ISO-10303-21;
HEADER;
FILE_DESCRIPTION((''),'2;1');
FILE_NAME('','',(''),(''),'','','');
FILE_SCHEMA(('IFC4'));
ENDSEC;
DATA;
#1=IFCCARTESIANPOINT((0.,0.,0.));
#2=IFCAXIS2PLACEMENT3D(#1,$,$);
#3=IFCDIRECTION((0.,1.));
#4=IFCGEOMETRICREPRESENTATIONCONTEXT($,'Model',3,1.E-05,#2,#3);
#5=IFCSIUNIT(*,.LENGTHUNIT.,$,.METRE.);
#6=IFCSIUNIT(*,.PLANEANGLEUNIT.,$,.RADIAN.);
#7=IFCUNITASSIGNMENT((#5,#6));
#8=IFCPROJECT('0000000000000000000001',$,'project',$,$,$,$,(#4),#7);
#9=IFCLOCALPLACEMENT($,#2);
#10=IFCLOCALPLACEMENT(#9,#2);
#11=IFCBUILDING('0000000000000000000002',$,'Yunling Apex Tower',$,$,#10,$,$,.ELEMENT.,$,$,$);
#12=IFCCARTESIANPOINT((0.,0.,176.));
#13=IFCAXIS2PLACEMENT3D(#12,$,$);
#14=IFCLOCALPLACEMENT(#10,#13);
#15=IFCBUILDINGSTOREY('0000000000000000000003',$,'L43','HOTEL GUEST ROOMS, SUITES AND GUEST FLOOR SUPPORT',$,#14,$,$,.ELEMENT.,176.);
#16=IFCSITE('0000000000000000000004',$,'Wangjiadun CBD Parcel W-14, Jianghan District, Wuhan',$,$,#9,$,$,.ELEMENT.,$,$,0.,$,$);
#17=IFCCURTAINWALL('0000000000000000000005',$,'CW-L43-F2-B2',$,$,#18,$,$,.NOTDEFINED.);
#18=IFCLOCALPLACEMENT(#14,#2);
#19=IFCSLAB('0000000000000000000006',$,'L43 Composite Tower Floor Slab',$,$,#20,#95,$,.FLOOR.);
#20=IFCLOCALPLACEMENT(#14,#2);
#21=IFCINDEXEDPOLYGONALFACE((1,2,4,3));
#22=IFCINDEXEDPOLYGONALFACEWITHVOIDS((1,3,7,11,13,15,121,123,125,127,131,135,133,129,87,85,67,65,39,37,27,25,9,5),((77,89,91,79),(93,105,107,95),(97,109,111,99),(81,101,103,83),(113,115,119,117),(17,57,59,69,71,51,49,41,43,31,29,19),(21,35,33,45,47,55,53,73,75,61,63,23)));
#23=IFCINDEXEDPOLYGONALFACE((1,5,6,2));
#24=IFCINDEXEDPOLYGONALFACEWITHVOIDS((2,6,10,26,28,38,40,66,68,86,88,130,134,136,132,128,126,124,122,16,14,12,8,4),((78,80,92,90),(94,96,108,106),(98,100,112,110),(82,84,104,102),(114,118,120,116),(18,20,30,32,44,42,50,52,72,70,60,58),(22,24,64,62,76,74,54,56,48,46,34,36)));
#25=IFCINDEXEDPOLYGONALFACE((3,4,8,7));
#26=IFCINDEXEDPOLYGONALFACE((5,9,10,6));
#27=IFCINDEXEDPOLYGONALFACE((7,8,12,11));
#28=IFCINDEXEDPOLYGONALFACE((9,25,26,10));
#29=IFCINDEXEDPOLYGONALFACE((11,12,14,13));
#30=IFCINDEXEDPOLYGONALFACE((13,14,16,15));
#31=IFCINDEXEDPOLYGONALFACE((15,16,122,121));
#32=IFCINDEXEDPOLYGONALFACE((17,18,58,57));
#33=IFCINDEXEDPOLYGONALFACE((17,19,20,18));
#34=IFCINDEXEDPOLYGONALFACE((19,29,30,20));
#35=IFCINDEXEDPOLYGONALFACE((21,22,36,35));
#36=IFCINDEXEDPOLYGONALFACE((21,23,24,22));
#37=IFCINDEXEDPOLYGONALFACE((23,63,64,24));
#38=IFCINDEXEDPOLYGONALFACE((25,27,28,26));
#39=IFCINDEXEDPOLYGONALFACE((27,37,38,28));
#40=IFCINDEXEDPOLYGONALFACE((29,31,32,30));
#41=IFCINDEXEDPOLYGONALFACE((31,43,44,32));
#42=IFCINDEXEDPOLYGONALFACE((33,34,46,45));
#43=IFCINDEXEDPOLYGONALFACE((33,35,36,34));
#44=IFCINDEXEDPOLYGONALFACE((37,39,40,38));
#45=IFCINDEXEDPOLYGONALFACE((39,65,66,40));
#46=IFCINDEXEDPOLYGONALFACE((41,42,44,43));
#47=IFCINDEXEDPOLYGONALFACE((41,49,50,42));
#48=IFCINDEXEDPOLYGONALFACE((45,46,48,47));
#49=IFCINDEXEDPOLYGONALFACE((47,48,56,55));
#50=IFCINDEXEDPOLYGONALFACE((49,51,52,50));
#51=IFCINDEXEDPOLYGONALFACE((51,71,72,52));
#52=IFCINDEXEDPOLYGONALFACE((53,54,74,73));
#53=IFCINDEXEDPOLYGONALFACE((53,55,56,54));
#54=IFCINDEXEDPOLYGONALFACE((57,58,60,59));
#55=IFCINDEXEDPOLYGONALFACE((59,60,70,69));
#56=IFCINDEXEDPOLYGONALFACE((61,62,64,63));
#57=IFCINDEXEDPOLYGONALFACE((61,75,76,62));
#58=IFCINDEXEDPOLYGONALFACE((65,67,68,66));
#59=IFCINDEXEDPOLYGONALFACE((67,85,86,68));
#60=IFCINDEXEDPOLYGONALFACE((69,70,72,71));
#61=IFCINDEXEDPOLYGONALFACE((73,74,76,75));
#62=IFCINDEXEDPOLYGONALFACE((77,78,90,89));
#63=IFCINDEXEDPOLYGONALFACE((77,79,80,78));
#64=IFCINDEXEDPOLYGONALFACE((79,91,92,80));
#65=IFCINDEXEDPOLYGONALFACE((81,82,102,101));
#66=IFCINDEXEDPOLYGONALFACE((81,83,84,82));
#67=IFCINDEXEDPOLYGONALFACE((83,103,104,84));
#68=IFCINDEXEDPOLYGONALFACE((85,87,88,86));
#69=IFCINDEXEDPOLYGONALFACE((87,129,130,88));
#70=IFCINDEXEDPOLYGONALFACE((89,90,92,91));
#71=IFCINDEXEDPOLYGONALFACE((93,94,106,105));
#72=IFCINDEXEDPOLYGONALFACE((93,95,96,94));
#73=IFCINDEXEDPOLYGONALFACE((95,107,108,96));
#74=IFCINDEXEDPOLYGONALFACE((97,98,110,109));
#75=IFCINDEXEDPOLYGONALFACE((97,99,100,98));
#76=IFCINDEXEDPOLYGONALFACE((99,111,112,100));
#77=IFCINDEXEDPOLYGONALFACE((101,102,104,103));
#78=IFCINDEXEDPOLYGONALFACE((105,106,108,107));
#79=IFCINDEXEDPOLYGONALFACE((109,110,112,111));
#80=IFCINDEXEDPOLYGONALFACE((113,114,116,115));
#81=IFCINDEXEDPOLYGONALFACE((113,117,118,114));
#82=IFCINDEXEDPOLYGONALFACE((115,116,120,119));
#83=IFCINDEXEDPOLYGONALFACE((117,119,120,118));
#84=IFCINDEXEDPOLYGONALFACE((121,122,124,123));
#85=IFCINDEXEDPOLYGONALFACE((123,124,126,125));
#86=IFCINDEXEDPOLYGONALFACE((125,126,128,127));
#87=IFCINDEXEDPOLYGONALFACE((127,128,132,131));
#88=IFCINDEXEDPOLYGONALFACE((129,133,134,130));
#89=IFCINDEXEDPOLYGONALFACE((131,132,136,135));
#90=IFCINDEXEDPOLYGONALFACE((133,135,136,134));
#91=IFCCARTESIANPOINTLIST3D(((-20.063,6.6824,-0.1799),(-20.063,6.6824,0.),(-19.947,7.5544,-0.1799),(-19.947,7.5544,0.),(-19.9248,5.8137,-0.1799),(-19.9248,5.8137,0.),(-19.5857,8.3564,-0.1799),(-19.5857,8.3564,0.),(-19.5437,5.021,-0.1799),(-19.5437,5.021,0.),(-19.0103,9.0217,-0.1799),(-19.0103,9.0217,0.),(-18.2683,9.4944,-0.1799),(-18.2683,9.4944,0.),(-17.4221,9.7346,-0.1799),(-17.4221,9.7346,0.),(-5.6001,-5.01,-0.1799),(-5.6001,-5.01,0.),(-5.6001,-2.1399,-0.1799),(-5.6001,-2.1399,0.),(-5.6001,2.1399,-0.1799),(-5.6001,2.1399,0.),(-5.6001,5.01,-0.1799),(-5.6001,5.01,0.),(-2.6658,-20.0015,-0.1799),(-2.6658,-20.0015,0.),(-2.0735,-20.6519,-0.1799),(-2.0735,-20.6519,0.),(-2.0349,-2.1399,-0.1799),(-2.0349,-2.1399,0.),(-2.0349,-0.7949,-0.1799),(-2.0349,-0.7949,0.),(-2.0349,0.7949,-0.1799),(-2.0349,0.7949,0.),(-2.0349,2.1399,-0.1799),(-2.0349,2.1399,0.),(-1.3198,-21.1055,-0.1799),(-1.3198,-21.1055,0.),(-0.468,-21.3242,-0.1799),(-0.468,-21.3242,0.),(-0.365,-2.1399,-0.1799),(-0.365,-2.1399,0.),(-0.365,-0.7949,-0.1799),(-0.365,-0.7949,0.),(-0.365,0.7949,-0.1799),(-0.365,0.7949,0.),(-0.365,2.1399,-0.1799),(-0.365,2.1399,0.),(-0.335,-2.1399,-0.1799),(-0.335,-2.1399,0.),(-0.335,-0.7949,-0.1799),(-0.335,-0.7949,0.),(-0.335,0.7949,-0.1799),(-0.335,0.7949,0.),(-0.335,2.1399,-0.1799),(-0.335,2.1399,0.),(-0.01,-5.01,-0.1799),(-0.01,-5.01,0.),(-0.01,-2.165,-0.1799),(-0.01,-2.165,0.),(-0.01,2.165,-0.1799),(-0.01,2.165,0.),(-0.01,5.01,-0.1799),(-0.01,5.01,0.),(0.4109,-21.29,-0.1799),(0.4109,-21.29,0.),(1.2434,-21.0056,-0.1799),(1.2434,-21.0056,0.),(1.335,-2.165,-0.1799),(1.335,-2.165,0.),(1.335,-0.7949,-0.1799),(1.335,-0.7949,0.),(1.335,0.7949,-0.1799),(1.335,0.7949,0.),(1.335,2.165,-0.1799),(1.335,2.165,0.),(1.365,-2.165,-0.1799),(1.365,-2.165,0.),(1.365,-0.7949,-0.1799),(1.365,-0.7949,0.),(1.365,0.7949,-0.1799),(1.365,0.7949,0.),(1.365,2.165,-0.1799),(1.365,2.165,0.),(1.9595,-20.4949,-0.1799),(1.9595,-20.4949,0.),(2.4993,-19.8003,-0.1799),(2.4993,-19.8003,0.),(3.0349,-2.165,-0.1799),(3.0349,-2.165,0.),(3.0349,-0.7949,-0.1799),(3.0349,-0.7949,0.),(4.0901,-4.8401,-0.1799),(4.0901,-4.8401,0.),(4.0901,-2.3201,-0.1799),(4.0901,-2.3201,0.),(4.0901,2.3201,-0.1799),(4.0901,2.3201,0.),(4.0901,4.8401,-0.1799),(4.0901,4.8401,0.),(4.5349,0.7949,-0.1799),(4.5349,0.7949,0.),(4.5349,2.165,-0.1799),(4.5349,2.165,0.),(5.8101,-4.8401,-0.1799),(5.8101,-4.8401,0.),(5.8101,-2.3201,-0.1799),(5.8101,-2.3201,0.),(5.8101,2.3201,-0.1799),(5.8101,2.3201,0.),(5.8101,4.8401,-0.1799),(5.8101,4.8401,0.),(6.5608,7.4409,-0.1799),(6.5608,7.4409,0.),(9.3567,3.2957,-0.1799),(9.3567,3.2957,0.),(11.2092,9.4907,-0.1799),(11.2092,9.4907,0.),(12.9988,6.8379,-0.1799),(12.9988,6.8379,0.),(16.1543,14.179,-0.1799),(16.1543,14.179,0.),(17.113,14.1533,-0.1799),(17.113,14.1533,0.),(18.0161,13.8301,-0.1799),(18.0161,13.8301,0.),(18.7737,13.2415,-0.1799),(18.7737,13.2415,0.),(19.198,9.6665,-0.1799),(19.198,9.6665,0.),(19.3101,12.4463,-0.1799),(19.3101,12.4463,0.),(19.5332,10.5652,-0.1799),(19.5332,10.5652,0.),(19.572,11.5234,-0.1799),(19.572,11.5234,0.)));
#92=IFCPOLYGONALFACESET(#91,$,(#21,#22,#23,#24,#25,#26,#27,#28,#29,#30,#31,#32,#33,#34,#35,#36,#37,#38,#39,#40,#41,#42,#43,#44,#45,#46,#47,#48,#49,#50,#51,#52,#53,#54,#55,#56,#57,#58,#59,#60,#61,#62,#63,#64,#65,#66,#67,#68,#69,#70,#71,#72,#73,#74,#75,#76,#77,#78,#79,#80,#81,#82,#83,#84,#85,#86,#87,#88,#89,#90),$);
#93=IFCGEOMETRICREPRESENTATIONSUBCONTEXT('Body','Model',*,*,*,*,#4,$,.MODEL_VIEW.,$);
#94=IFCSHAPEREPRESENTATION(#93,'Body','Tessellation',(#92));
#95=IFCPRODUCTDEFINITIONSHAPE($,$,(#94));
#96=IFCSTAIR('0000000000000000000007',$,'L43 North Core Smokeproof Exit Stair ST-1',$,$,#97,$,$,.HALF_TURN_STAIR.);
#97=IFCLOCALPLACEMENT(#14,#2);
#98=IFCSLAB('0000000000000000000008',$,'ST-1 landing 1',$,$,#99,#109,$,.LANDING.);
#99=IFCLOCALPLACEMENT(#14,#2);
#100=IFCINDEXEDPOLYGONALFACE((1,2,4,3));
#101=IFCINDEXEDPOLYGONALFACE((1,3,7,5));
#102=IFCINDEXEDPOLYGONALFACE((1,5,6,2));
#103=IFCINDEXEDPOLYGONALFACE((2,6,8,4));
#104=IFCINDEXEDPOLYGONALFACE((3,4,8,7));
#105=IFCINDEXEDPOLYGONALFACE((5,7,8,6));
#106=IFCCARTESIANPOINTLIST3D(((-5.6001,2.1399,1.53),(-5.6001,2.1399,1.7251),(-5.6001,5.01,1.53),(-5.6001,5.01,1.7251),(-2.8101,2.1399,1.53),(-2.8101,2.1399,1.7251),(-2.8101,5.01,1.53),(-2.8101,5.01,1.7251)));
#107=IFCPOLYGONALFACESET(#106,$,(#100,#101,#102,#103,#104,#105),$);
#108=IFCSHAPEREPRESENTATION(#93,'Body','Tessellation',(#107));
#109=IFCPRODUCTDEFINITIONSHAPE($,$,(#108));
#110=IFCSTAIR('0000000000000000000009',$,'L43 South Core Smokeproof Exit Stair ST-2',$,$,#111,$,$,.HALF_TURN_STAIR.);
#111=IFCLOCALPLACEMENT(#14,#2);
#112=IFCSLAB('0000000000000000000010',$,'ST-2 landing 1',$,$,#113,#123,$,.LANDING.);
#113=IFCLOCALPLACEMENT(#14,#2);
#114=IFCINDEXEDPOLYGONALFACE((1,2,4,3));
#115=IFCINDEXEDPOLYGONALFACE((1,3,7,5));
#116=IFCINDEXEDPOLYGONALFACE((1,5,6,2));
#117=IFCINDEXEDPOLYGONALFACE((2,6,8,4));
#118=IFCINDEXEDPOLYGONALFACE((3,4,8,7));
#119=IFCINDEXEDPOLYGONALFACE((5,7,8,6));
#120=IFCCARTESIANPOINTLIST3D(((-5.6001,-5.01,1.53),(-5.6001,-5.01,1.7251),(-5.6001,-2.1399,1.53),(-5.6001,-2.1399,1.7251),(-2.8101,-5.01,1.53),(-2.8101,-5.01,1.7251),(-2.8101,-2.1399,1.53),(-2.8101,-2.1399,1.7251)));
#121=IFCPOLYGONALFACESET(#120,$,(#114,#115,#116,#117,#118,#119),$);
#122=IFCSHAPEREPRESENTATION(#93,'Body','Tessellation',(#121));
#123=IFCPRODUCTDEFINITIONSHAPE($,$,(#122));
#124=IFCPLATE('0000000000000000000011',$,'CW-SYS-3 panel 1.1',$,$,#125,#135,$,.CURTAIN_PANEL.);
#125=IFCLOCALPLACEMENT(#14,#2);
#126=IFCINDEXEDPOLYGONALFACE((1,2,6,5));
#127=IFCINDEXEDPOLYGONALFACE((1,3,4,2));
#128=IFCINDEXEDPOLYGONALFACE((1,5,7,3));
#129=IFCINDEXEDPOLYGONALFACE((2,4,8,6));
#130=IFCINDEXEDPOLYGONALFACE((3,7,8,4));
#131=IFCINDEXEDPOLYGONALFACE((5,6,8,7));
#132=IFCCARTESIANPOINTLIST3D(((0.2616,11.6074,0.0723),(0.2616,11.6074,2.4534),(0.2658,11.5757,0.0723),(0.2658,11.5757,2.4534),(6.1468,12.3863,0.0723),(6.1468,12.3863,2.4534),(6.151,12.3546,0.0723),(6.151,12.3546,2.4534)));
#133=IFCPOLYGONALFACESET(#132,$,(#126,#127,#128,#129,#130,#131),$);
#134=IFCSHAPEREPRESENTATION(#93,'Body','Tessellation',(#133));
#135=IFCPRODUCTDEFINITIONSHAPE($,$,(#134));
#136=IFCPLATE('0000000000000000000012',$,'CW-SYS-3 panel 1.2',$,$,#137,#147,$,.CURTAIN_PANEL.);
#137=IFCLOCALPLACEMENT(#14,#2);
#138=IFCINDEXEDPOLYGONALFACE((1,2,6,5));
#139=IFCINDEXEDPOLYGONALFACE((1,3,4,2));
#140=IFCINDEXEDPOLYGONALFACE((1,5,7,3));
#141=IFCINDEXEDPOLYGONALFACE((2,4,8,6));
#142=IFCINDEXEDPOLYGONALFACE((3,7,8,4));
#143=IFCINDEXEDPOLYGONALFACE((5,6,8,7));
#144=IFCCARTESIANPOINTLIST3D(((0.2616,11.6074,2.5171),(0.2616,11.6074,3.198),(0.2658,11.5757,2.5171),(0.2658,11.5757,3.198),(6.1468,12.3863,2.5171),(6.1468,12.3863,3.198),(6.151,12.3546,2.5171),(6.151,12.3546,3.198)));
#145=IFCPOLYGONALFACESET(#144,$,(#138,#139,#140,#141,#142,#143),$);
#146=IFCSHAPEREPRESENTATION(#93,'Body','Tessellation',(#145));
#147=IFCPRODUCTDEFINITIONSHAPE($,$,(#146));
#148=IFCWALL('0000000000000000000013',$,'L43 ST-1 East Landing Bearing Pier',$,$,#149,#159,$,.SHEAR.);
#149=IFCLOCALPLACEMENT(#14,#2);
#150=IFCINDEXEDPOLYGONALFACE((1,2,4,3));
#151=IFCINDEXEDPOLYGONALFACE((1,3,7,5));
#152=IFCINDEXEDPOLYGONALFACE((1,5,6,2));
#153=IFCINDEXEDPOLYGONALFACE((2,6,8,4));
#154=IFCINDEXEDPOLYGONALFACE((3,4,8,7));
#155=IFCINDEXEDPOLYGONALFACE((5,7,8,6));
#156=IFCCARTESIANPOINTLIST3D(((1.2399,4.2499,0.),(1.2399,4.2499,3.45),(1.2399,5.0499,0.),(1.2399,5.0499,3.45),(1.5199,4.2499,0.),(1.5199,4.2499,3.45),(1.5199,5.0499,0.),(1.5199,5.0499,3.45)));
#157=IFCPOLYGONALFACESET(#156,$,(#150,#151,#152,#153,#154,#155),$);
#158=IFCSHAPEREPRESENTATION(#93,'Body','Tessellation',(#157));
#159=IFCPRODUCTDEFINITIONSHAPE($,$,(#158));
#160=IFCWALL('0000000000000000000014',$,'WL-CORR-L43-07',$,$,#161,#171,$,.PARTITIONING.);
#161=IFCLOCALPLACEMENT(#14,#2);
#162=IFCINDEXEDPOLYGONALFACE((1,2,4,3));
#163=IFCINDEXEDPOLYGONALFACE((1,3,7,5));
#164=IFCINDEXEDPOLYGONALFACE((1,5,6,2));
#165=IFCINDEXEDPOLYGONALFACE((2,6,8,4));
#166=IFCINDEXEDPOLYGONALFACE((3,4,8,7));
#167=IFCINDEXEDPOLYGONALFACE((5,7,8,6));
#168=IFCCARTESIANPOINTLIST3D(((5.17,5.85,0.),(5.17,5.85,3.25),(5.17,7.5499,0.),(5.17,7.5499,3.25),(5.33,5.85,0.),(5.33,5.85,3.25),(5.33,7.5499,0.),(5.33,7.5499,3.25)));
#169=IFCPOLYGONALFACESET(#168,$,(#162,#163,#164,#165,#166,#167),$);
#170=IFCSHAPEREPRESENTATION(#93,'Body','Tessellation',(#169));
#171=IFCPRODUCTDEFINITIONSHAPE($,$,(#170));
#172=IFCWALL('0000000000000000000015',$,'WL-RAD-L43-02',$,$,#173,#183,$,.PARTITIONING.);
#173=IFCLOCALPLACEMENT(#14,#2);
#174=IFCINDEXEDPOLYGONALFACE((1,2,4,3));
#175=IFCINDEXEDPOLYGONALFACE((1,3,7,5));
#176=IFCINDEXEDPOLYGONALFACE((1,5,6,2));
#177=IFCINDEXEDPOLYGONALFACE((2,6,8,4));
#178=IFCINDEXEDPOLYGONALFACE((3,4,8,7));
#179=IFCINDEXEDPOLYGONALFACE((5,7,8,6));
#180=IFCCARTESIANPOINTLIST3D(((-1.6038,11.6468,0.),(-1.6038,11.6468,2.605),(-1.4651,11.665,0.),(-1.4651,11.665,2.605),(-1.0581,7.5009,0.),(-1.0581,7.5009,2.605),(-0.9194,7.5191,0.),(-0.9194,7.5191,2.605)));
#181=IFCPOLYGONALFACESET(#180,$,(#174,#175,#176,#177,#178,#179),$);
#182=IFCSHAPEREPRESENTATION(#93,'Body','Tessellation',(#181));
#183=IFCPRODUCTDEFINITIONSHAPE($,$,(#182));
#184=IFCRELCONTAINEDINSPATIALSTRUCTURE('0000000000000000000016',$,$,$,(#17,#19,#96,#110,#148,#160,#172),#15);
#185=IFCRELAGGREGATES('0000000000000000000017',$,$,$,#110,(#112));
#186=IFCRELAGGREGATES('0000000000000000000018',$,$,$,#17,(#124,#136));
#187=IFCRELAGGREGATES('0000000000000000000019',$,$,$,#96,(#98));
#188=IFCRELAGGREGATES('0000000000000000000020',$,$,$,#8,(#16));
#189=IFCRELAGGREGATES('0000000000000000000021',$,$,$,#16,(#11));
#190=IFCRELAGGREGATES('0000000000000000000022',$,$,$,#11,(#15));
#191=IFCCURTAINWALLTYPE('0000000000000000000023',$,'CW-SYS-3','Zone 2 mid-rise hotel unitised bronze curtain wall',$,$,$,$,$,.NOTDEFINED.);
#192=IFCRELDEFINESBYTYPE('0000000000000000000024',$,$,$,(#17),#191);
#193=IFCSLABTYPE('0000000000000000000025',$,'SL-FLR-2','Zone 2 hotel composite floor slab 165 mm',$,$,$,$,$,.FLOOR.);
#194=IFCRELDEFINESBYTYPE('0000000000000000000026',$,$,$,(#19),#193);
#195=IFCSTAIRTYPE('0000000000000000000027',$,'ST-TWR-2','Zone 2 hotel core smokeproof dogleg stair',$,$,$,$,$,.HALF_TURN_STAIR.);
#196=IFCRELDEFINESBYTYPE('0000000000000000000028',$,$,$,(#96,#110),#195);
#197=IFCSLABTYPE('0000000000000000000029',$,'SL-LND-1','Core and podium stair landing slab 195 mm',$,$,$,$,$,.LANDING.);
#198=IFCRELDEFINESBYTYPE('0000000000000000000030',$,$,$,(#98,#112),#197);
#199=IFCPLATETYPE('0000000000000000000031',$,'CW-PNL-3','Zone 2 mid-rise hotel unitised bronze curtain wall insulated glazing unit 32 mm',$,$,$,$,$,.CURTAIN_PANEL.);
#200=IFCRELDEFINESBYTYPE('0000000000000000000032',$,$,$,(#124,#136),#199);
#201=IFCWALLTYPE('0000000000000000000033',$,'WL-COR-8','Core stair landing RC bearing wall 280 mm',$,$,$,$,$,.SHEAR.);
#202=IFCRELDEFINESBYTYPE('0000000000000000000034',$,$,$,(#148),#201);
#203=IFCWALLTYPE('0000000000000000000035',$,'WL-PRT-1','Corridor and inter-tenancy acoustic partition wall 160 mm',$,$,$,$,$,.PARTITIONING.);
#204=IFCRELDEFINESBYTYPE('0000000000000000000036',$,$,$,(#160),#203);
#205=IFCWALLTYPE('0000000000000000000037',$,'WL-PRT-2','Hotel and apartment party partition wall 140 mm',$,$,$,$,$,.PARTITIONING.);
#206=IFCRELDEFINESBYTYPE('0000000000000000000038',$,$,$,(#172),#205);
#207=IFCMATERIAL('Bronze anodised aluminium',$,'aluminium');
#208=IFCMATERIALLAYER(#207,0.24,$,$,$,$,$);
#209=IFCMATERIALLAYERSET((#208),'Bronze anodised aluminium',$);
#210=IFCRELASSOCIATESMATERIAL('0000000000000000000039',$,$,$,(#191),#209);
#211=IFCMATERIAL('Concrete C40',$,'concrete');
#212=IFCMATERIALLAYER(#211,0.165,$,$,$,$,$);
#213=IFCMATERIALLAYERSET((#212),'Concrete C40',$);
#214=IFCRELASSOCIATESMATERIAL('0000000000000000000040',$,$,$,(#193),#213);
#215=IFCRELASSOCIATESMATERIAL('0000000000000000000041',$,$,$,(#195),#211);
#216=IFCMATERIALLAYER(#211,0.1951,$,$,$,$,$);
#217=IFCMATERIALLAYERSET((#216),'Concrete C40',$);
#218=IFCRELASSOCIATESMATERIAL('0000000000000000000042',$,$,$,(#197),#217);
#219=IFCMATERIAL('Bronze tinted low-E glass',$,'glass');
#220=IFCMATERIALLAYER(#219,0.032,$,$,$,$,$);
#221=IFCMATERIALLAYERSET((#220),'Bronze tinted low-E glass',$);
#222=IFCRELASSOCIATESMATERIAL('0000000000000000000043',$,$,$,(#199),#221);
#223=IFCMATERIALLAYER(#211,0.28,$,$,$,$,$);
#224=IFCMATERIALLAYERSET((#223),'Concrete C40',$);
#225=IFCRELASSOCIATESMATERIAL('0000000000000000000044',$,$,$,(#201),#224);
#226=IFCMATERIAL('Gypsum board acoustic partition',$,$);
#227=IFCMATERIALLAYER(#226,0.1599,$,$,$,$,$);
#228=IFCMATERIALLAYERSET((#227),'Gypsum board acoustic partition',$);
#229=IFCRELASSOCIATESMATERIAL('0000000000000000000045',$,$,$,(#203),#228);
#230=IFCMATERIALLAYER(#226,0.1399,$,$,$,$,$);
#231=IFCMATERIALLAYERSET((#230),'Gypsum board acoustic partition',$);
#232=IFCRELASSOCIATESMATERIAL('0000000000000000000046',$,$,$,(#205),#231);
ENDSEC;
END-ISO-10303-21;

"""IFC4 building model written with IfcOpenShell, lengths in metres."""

from ifc_helpers import new_model, si_unit, direction, frame, frame_2d, origin, origin_2d, place, context, subcontext, project, spatial, polyline, rectangle, outline, extrude, source, transform, mapped, material, layer, layer_set, type_object, element, aggregate, save


model = new_model("IFC4")

# Units and contexts
model_context = context("Model", 3, precision=1e-05, world=origin(), true_north=direction((0.0, 1.0)))
body_context = subcontext(model_context, "Body", "Model", "MODEL_VIEW")
ifc_project = project(units=[si_unit("LENGTHUNIT", "METRE"), si_unit("PLANEANGLEUNIT", "RADIAN")], contexts=[model_context])

# Site, building, storey
site_placement = place(None, origin())
site = spatial("IfcSite", under=ifc_project, at=site_placement, Name="Wangjiadun CBD Parcel W-14, Jianghan District, Wuhan", CompositionType="ELEMENT", RefElevation=0.0)
building_placement = place(site_placement, origin())
building = spatial("IfcBuilding", under=site, at=building_placement, Name="Yunling Apex Tower", CompositionType="ELEMENT")
storey_placement = place(building_placement, frame((0.0, 0.0, 176.0)))
storey = spatial("IfcBuildingStorey", under=building, at=storey_placement, Name="L43", Description="HOTEL GUEST ROOMS, SUITES AND GUEST FLOOR SUPPORT", CompositionType="ELEMENT", Elevation=176.0)

# Curtain wall
ifc_material_1 = material(Name="Bronze anodised aluminium", Category="aluminium")
ifc_layer_1 = layer(ifc_material_1, 0.24)
ifc_layer_set_1 = layer_set([ifc_layer_1], Name="Bronze anodised aluminium")
curtain_wall_type = type_object("IfcCurtainWallType", Name="CW-SYS-3", Description="Zone 2 mid-rise hotel unitised bronze curtain wall", PredefinedType="NOTDEFINED", material=ifc_layer_set_1)
curtain_wall_1_placement = place(storey_placement, origin())
curtain_wall_1 = element("IfcCurtainWall", 1, at=curtain_wall_1_placement, inside=storey, type_object=curtain_wall_type, Name="CW-L43-F2-B2", PredefinedType="NOTDEFINED")

# Slab
ifc_material_2 = material(Name="Concrete C40", Category="concrete")
ifc_layer_2 = layer(ifc_material_2, 0.165)
ifc_layer_set_2 = layer_set([ifc_layer_2], Name="Concrete C40")
slab_type_1 = type_object("IfcSlabType", Name="SL-FLR-2", Description="Zone 2 hotel composite floor slab 165 mm", PredefinedType="FLOOR", material=ifc_layer_set_2)
slab_1_placement = place(storey_placement, frame((0.0, 0.0, -0.1799)))
element("IfcSlab", 2, at=slab_1_placement, inside=storey, type_object=slab_type_1, Name="L43 Composite Tower Floor Slab", PredefinedType="FLOOR", context=body_context, shape_type="SweptSolid", body=[
    extrude(outline(polyline([(-2.6658, -20.0015), (-2.0735, -20.6519), (-1.3198, -21.1055), (-0.468, -21.3242), (0.4109, -21.29), (1.2434, -21.0056), (1.9595, -20.4949), (2.4993, -19.8003), (19.198, 9.6665), (19.5332, 10.5652), (19.572, 11.5234), (19.3101, 12.4463), (18.7737, 13.2415), (18.0161, 13.8301), (17.113, 14.1533), (16.1543, 14.179), (-17.4221, 9.7346), (-18.2683, 9.4944), (-19.0103, 9.0217), (-19.5857, 8.3564), (-19.947, 7.5544), (-20.063, 6.6824), (-19.9248, 5.8137), (-19.5437, 5.021), (-2.6658, -20.0015)]), holes=[polyline([(11.2092, 9.4907), (12.9988, 6.8379), (9.3567, 3.2957), (6.5608, 7.4409), (11.2092, 9.4907)]), polyline([(4.0901, -2.3201), (5.8101, -2.3201), (5.8101, -4.8401), (4.0901, -4.8401), (4.0901, -2.3201)]), polyline([(5.8101, 4.8401), (5.8101, 2.3201), (4.0901, 2.3201), (4.0901, 4.8401), (5.8101, 4.8401)]), polyline([(1.365, 2.165), (4.5349, 2.165), (4.5349, 0.7949), (1.365, 0.7949), (1.365, 2.165)]), polyline([(3.0349, -0.7949), (3.0349, -2.165), (1.365, -2.165), (1.365, -0.7949), (3.0349, -0.7949)]), polyline([(-2.0349, -0.7949), (-0.365, -0.7949), (-0.365, -2.1399), (-0.335, -2.1399), (-0.335, -0.7949), (1.335, -0.7949), (1.335, -2.165), (-0.01, -2.165), (-0.01, -5.01), (-5.6001, -5.01), (-5.6001, -2.1399), (-2.0349, -2.1399), (-2.0349, -0.7949)]), polyline([(-5.6001, 2.1399), (-5.6001, 5.01), (-0.01, 5.01), (-0.01, 2.165), (1.335, 2.165), (1.335, 0.7949), (-0.335, 0.7949), (-0.335, 2.1399), (-0.365, 2.1399), (-0.365, 0.7949), (-2.0349, 0.7949), (-2.0349, 2.1399), (-5.6001, 2.1399)])]), origin(), (0.0, 0.0, 1.0), 0.1799),
])

# Stairs, slabs
stair_type = type_object("IfcStairType", Name="ST-TWR-2", Description="Zone 2 hotel core smokeproof dogleg stair", PredefinedType="HALF_TURN_STAIR", material=ifc_material_2)
stair_1_placement = place(storey_placement, origin())
stair_1 = element("IfcStair", 3, at=stair_1_placement, inside=storey, type_object=stair_type, Name="L43 North Core Smokeproof Exit Stair ST-1", PredefinedType="HALF_TURN_STAIR")
ifc_layer_3 = layer(ifc_material_2, 0.1951)
ifc_layer_set_3 = layer_set([ifc_layer_3], Name="Concrete C40")
slab_type_2 = type_object("IfcSlabType", Name="SL-LND-1", Description="Core and podium stair landing slab 195 mm", PredefinedType="LANDING", material=ifc_layer_set_3)
slab_2_placement = place(storey_placement, frame((0.0, 0.0, 1.53)))
slab_2 = element("IfcSlab", 4, at=slab_2_placement, type_object=slab_type_2, Name="ST-1 landing 1", PredefinedType="LANDING", context=body_context, shape_type="SweptSolid", body=[
    extrude(outline(polyline([(-2.8101, 5.01), (-5.6001, 5.01), (-5.6001, 2.1399), (-2.8101, 2.1399), (-2.8101, 5.01)])), origin(), (0.0, 0.0, 1.0), 0.1951),
])
stair_2_placement = place(storey_placement, origin())
stair_2 = element("IfcStair", 5, at=stair_2_placement, inside=storey, type_object=stair_type, Name="L43 South Core Smokeproof Exit Stair ST-2", PredefinedType="HALF_TURN_STAIR")
slab_3_placement = place(storey_placement, frame((0.0, 0.0, 1.53)))
slab_3 = element("IfcSlab", 6, at=slab_3_placement, type_object=slab_type_2, Name="ST-2 landing 1", PredefinedType="LANDING", context=body_context, shape_type="SweptSolid", body=[
    extrude(outline(polyline([(-2.8101, -2.1399), (-5.6001, -2.1399), (-5.6001, -5.01), (-2.8101, -5.01), (-2.8101, -2.1399)])), origin(), (0.0, 0.0, 1.0), 0.1951),
])
aggregate(stair_2, [slab_3])

# Plates
ifc_material_3 = material(Name="Bronze tinted low-E glass", Category="glass")
ifc_layer_4 = layer(ifc_material_3, 0.032)
ifc_layer_set_4 = layer_set([ifc_layer_4], Name="Bronze tinted low-E glass")
plate_type = type_object("IfcPlateType", Name="CW-PNL-3", Description="Zone 2 mid-rise hotel unitised bronze curtain wall insulated glazing unit 32 mm", PredefinedType="CURTAIN_PANEL", material=ifc_layer_set_4)
shared_shape_1 = source(origin(), body_context, "Body", "SweptSolid", [
    extrude(rectangle(XDim=5.9365, YDim=0.032, at=origin_2d()), origin(), (0.0, 0.0, 1.0), 2.3811),
])
plate_1_placement = place(storey_placement, frame((3.2063, 11.981, 0.0723), z_axis=(0.0, 0.0, 1.0), x_axis=(-0.991355, -0.131205, 0.0)))
plate_1 = element("IfcPlate", 7, at=plate_1_placement, type_object=plate_type, Name="CW-SYS-3 panel 1.1", PredefinedType="CURTAIN_PANEL", context=body_context, shape_type="MappedRepresentation", body=[
    mapped(shared_shape_1, transform((0.0, 0.0, 0.0), scale=1.0)),
])
shared_shape_2 = source(origin(), body_context, "Body", "SweptSolid", [
    extrude(rectangle(XDim=5.9365, YDim=0.032, at=origin_2d()), origin(), (0.0, 0.0, 1.0), 0.6809),
])
plate_2_placement = place(storey_placement, frame((3.2063, 11.981, 2.5171), z_axis=(0.0, 0.0, 1.0), x_axis=(-0.991355, -0.131205, 0.0)))
plate_2 = element("IfcPlate", 8, at=plate_2_placement, type_object=plate_type, Name="CW-SYS-3 panel 1.2", PredefinedType="CURTAIN_PANEL", context=body_context, shape_type="MappedRepresentation", body=[
    mapped(shared_shape_2, transform((0.0, 0.0, 0.0), scale=1.0)),
])
aggregate(curtain_wall_1, [plate_1, plate_2])

# Walls
ifc_layer_5 = layer(ifc_material_2, 0.28)
ifc_layer_set_5 = layer_set([ifc_layer_5], Name="Concrete C40")
wall_type_1 = type_object("IfcWallType", Name="WL-COR-8", Description="Core stair landing RC bearing wall 280 mm", PredefinedType="SHEAR", material=ifc_layer_set_5)
wall_1_placement = place(storey_placement, frame((1.3799, 4.25, 0.0), z_axis=(0.0, 0.0, 1.0), x_axis=(0.0, 1.0, 0.0)))
element("IfcWall", 9, at=wall_1_placement, inside=storey, type_object=wall_type_1, Name="L43 ST-1 East Landing Bearing Pier", PredefinedType="SHEAR", context=body_context, shape_type="SweptSolid", body=[
    extrude(rectangle(XDim=0.8, YDim=0.28, at=frame_2d((0.3999, 0.0))), origin(), (0.0, 0.0, 1.0), 3.45),
])
ifc_material_4 = material(Name="Gypsum board acoustic partition")
ifc_layer_6 = layer(ifc_material_4, 0.1599)
ifc_layer_set_6 = layer_set([ifc_layer_6], Name="Gypsum board acoustic partition")
wall_type_2 = type_object("IfcWallType", Name="WL-PRT-1", Description="Corridor and inter-tenancy acoustic partition wall 160 mm", PredefinedType="PARTITIONING", material=ifc_layer_set_6)
wall_2_placement = place(storey_placement, frame((5.25, 7.55, 0.0), z_axis=(0.0, 0.0, 1.0), x_axis=(0.0, -1.0, 0.0)))
element("IfcWall", 10, at=wall_2_placement, inside=storey, type_object=wall_type_2, Name="WL-CORR-L43-07", PredefinedType="PARTITIONING", context=body_context, shape_type="SweptSolid", body=[
    extrude(rectangle(XDim=1.7, YDim=0.1599, at=frame_2d((0.8501, 0.0))), origin(), (0.0, 0.0, 1.0), 3.25),
])
ifc_layer_7 = layer(ifc_material_4, 0.1399)
ifc_layer_set_7 = layer_set([ifc_layer_7], Name="Gypsum board acoustic partition")
wall_type_3 = type_object("IfcWallType", Name="WL-PRT-2", Description="Hotel and apartment party partition wall 140 mm", PredefinedType="PARTITIONING", material=ifc_layer_set_7)
wall_3_placement = place(storey_placement, frame((-0.9888, 7.51, 0.0), z_axis=(0.0, 0.0, 1.0), x_axis=(-0.130485, 0.99145, 0.0)))
element("IfcWall", 11, at=wall_3_placement, inside=storey, type_object=wall_type_3, Name="WL-RAD-L43-02", PredefinedType="PARTITIONING", context=body_context, shape_type="SweptSolid", body=[
    extrude(rectangle(XDim=4.1816, YDim=0.1399, at=frame_2d((2.0908, 0.0))), origin(), (0.0, 0.0, 1.0), 2.605),
])

aggregate(stair_1, [slab_2])

save(model, "model.ifc")
